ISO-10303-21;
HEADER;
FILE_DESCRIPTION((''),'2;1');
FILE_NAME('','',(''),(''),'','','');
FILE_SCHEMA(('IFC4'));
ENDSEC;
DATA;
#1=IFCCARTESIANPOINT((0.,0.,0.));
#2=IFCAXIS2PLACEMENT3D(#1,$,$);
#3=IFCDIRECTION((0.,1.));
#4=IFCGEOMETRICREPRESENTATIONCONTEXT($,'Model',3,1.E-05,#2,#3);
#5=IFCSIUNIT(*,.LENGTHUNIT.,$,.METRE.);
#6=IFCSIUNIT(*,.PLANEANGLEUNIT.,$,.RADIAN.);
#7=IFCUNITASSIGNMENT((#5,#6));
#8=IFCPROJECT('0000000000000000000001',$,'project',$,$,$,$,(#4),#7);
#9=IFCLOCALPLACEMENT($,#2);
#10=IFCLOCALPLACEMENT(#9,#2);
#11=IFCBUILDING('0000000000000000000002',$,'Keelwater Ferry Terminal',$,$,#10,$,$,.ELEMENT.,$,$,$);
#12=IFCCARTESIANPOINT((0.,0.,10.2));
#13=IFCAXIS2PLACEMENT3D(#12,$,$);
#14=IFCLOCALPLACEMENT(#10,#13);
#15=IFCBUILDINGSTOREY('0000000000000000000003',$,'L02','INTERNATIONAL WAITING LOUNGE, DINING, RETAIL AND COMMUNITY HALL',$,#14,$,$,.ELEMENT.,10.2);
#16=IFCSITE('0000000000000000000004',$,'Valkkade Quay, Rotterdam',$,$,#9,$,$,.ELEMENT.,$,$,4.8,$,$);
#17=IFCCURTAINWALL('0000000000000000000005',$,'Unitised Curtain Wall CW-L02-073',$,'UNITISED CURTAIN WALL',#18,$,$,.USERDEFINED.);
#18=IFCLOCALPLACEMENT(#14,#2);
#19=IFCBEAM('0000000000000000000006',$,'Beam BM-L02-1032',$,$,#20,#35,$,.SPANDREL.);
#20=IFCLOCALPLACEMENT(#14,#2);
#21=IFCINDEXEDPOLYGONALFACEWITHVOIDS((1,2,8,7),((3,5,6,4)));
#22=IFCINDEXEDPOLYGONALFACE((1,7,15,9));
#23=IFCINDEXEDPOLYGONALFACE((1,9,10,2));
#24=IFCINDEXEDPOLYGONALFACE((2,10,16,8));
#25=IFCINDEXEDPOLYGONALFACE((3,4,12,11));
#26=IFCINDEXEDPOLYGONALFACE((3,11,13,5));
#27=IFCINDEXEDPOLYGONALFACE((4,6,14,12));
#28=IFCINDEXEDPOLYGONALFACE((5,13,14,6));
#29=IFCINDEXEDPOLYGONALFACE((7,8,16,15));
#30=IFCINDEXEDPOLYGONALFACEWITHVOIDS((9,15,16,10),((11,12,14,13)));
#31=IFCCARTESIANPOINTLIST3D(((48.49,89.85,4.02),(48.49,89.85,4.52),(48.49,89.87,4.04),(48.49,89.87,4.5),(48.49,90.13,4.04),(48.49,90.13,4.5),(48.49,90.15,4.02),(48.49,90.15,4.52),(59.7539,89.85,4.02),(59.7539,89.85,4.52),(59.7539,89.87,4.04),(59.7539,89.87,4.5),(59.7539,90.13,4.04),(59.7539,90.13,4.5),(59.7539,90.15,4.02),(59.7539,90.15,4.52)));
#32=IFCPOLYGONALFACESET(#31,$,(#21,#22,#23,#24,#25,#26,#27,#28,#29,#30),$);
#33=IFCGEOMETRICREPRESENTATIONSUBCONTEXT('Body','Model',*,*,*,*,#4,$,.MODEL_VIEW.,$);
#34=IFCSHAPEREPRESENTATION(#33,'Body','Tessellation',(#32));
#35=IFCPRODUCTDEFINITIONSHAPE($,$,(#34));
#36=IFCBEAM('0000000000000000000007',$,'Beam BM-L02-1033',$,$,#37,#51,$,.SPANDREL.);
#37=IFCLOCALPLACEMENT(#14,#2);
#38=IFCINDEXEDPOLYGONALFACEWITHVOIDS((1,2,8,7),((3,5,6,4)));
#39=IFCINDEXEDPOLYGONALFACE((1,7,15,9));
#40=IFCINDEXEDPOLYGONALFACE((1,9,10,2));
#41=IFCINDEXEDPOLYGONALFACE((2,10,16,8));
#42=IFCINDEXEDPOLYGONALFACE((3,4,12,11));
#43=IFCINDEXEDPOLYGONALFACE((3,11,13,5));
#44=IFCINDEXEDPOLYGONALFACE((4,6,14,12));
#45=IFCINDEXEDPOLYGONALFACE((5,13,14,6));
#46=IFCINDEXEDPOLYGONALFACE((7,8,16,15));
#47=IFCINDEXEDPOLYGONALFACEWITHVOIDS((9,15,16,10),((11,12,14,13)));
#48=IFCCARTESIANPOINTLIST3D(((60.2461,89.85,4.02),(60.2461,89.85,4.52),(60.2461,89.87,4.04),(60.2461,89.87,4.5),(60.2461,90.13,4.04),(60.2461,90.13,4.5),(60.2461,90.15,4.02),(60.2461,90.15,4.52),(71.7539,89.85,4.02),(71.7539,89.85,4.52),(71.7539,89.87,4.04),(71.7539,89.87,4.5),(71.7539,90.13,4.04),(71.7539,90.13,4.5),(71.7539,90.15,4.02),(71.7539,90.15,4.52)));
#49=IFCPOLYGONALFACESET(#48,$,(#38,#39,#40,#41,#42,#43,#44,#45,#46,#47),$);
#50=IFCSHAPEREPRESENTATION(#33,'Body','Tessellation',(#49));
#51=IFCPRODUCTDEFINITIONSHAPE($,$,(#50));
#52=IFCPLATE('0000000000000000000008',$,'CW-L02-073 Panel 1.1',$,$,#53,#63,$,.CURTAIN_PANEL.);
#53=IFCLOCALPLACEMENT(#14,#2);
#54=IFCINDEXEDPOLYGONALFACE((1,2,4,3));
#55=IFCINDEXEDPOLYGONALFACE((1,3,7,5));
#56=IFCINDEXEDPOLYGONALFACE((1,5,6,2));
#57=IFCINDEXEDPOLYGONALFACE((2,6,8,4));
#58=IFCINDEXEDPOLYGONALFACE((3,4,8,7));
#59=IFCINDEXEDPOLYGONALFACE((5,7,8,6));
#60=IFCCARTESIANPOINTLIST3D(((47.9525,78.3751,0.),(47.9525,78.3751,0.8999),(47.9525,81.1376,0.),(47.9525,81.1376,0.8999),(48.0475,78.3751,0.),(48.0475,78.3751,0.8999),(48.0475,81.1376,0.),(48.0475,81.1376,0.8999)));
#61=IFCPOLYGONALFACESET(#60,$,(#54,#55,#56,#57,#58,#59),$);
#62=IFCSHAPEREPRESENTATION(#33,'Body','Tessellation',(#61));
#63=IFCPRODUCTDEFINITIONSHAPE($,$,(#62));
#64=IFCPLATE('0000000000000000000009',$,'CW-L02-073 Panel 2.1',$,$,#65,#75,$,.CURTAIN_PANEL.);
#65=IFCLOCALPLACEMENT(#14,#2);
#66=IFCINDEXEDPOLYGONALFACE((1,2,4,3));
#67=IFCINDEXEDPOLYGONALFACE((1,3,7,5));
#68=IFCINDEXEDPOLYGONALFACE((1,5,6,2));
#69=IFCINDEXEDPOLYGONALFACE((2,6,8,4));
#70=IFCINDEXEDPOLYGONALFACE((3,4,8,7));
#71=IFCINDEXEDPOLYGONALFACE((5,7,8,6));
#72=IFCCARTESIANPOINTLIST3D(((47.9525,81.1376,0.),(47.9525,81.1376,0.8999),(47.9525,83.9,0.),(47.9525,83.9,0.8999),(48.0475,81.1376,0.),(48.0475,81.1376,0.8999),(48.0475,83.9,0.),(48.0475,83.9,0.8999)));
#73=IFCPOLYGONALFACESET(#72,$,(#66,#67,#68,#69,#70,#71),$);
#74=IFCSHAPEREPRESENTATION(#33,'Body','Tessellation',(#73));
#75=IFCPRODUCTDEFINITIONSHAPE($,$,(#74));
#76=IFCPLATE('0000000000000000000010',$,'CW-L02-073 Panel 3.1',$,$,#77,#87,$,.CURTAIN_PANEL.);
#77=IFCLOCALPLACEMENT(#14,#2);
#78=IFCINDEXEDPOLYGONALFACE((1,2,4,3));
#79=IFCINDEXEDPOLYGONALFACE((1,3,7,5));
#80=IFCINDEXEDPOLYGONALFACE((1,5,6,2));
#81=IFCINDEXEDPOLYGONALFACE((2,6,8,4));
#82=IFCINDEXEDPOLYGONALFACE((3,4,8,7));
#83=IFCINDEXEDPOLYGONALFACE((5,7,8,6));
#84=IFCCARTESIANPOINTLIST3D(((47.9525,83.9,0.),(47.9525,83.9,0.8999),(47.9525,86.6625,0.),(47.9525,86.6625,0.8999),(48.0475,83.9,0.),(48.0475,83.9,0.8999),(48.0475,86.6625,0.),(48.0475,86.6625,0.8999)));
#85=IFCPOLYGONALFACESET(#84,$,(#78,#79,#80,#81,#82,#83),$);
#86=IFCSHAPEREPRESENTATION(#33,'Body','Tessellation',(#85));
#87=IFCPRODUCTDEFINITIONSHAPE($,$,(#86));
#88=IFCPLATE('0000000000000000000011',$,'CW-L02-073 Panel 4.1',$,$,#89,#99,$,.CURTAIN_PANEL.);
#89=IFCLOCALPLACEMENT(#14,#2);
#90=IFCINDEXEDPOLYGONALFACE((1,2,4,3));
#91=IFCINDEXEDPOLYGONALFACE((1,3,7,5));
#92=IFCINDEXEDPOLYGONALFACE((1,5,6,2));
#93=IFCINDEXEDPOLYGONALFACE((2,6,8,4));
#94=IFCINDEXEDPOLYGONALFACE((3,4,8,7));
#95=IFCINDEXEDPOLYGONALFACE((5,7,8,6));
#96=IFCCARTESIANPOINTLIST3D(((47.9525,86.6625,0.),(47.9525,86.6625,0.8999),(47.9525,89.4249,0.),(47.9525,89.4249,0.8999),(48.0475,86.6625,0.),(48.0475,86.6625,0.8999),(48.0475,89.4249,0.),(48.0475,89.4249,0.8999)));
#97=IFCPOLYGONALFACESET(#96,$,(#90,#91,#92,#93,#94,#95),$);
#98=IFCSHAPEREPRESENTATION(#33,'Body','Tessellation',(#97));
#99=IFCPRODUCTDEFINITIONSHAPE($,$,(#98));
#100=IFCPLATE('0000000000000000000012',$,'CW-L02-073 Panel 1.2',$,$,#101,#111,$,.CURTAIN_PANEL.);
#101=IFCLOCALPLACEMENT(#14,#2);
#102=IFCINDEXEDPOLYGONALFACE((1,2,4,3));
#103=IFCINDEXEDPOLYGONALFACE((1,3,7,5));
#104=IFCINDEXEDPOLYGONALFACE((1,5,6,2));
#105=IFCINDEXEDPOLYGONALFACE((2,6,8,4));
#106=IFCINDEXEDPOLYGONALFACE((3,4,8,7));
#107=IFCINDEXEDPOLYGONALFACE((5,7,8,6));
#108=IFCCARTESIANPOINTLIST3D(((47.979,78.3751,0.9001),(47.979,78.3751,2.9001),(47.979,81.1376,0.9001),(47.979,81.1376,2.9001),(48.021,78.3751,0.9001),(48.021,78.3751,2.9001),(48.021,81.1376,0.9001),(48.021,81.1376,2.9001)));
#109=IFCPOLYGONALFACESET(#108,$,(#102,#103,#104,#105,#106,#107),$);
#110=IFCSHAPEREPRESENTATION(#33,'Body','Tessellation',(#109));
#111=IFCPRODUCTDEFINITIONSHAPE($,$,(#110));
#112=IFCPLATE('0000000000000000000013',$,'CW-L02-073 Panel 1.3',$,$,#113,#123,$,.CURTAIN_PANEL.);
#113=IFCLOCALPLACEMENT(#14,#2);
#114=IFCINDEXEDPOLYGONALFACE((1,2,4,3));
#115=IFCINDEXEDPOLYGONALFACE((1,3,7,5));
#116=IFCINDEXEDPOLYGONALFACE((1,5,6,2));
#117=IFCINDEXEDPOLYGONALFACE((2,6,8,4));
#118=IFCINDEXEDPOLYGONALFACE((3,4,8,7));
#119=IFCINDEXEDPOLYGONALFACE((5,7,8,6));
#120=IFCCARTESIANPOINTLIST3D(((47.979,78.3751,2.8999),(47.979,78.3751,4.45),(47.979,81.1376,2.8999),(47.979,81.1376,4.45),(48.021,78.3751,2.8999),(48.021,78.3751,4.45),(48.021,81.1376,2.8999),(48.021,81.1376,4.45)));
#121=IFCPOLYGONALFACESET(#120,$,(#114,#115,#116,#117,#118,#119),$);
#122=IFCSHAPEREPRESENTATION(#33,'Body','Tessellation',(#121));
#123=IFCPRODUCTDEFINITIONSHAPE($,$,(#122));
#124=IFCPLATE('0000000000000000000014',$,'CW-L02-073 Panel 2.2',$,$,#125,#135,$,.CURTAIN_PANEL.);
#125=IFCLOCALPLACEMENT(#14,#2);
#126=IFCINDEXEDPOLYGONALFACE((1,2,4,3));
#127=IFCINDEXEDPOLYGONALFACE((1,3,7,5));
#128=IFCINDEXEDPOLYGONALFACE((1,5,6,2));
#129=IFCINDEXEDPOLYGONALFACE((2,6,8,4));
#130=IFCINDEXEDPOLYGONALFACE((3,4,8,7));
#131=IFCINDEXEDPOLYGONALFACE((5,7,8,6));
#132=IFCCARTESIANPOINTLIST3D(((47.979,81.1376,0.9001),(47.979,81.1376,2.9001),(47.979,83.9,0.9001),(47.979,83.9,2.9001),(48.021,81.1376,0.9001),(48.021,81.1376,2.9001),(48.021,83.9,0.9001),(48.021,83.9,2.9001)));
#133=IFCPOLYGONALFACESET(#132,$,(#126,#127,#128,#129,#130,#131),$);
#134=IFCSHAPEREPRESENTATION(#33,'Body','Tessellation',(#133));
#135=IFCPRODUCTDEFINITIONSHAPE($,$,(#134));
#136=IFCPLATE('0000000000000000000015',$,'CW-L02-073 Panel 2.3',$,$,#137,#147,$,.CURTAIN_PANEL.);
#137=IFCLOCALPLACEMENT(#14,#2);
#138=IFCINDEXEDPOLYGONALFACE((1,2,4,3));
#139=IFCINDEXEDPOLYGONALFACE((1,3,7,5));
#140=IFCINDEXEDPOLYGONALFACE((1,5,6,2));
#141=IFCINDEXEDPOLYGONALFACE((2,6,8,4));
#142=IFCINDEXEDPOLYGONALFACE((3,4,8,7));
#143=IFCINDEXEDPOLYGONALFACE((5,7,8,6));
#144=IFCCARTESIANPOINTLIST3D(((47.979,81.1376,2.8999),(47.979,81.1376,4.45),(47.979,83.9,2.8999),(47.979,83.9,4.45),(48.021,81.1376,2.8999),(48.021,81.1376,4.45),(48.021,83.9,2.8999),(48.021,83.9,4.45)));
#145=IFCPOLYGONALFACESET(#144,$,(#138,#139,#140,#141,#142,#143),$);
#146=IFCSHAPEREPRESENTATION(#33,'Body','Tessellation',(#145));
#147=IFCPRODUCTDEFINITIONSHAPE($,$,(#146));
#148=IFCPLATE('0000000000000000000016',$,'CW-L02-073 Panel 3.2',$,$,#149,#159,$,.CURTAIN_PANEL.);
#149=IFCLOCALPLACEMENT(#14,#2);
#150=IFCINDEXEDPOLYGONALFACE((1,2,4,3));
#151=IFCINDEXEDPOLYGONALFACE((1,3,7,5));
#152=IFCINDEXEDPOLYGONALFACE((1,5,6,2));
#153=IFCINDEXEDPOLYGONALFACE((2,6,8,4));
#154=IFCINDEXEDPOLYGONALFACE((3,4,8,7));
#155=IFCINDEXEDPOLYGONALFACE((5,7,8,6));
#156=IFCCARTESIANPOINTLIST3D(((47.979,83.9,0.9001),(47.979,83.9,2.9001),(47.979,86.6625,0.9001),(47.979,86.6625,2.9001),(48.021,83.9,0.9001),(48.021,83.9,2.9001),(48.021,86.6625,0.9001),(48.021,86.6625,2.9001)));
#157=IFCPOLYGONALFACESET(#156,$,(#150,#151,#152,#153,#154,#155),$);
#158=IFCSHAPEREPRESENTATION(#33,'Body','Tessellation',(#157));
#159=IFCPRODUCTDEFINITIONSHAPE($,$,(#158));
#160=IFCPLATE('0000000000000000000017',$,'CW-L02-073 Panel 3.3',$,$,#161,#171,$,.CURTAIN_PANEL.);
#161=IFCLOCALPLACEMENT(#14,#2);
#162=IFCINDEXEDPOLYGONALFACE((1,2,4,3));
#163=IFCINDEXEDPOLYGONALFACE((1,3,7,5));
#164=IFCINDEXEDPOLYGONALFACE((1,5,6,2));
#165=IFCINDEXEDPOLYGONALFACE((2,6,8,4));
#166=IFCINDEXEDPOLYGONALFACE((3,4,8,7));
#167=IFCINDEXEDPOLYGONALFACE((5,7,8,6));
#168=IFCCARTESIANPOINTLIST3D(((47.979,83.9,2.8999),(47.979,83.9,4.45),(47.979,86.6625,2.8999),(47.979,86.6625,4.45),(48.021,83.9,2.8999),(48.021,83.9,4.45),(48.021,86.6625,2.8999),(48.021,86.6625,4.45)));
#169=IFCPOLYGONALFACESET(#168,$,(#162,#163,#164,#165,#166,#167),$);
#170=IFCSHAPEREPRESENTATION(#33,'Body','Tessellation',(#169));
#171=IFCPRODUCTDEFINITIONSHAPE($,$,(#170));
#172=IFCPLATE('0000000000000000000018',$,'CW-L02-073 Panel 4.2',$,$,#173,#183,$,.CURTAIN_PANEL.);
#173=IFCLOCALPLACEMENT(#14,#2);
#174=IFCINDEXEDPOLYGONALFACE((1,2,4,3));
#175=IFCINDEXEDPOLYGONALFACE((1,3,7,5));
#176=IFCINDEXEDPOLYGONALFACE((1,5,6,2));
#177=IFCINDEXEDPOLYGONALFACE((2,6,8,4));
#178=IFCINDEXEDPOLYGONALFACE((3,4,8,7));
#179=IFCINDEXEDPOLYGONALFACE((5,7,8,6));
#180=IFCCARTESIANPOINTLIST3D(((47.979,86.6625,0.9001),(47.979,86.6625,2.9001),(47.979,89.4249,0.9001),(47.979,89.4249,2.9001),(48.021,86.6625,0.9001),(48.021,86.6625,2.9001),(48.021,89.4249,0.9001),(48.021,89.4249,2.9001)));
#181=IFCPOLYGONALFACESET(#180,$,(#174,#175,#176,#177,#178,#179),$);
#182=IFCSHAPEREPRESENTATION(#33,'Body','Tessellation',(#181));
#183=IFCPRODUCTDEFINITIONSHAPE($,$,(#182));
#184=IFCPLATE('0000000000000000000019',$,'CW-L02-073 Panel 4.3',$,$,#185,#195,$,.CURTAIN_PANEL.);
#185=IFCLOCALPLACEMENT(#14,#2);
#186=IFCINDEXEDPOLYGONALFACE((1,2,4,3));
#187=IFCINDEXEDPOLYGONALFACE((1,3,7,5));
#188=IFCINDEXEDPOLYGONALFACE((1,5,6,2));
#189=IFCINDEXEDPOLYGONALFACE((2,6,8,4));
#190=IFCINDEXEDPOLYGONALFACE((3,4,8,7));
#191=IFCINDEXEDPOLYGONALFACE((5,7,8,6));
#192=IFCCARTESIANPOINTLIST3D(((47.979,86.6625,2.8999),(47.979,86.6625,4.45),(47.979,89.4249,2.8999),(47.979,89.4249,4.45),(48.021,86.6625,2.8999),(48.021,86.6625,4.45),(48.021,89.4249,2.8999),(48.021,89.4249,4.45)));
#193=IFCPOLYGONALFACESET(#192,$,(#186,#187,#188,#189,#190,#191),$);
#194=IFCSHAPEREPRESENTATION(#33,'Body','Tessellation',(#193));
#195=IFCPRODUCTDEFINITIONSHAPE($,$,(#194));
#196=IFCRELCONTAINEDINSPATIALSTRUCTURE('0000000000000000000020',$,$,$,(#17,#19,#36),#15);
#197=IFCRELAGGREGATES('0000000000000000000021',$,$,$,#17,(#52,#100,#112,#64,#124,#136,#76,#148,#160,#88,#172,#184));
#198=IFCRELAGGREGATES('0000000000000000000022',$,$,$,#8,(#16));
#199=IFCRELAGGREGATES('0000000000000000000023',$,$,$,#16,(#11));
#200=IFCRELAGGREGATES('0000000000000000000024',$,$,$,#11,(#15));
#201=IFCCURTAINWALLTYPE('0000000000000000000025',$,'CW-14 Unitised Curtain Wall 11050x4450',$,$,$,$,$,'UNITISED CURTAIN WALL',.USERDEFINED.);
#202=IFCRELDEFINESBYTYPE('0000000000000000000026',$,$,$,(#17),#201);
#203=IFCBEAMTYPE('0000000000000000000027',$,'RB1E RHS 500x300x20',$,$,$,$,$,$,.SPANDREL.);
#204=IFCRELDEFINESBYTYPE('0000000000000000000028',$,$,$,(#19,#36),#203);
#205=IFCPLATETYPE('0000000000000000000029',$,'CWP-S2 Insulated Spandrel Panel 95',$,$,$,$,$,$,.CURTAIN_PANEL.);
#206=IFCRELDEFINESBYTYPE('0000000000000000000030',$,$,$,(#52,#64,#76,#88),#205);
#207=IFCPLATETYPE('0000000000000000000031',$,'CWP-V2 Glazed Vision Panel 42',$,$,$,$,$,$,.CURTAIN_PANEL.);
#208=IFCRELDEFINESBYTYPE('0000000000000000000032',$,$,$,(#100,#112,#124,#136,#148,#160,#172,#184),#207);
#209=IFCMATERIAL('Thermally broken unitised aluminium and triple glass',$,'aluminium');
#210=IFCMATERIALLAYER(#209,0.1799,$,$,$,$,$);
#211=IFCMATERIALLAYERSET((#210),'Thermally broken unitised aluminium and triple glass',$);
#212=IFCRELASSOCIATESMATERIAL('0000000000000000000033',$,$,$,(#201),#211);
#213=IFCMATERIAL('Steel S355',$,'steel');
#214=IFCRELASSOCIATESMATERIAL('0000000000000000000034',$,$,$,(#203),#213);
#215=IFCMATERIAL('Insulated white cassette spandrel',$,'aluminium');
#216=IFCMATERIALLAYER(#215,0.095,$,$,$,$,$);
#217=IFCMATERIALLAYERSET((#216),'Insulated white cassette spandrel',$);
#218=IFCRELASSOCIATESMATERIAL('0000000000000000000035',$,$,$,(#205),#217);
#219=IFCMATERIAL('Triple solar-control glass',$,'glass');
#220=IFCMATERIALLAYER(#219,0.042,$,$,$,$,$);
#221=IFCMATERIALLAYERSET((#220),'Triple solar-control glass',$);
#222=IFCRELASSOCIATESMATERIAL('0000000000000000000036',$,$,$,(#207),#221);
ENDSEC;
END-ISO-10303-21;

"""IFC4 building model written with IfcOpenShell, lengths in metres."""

from ifc_helpers import new_model, si_unit, direction, frame, origin, origin_2d, place, context, subcontext, project, spatial, rectangle, hollow_rectangle, extrude, material, layer, layer_set, material_profile, profile_set, type_object, element, aggregate, save


model = new_model("IFC4")

# Units and contexts
model_context = context("Model", 3, precision=1e-05, world=origin(), true_north=direction((0.0, 1.0)))
body_context = subcontext(model_context, "Body", "Model", "MODEL_VIEW")
ifc_project = project(units=[si_unit("LENGTHUNIT", "METRE"), si_unit("PLANEANGLEUNIT", "RADIAN")], contexts=[model_context])

# Site, building, storey
site_placement = place(None, origin())
site = spatial("IfcSite", under=ifc_project, at=site_placement, Name="Valkkade Quay, Rotterdam", CompositionType="ELEMENT", RefElevation=4.8)
building_placement = place(site_placement, origin())
building = spatial("IfcBuilding", under=site, at=building_placement, Name="Keelwater Ferry Terminal", CompositionType="ELEMENT")
storey_placement = place(building_placement, frame((0.0, 0.0, 10.2)))
storey = spatial("IfcBuildingStorey", under=building, at=storey_placement, Name="L02", Description="INTERNATIONAL WAITING LOUNGE, DINING, RETAIL AND COMMUNITY HALL", CompositionType="ELEMENT", Elevation=10.2)

# Curtain wall
ifc_material_1 = material(Name="Thermally broken unitised aluminium and triple glass", Category="aluminium")
ifc_layer_1 = layer(ifc_material_1, 0.1799)
ifc_layer_set_1 = layer_set([ifc_layer_1], Name="Thermally broken unitised aluminium and triple glass")
curtain_wall_type_1 = type_object("IfcCurtainWallType", Name="CW-14 Unitised Curtain Wall 11050x4450", ElementType="UNITISED CURTAIN WALL", PredefinedType="USERDEFINED", material=ifc_layer_set_1)
curtain_wall_1_placement = place(storey_placement, origin())
curtain_wall_1 = element("IfcCurtainWall", 1, at=curtain_wall_1_placement, inside=storey, type_object=curtain_wall_type_1, Name="Unitised Curtain Wall CW-L02-073", ObjectType="UNITISED CURTAIN WALL", PredefinedType="USERDEFINED")

# Beams
ifc_material_2 = material(Name="Steel S355", Category="steel")
ifc_material_profile_1 = material_profile(ifc_material_2, hollow_rectangle(XDim=0.3, YDim=0.5, WallThickness=0.02, at=origin_2d()), Name="RHS 500x300x20")
ifc_profile_set_1 = profile_set([ifc_material_profile_1], Name="Steel S355")
beam_type = type_object("IfcBeamType", Name="RB1E RHS 500x300x20", PredefinedType="SPANDREL", material=ifc_profile_set_1)
beam_1_placement = place(storey_placement, frame((48.49, 90.0, 4.27), z_axis=(1.0, 0.0, 0.0), x_axis=(0.0, 1.0, 0.0)))
element("IfcBeam", 2, at=beam_1_placement, inside=storey, type_object=beam_type, Name="Beam BM-L02-1032", PredefinedType="SPANDREL", context=body_context, shape_type="SweptSolid", body=[
    extrude(hollow_rectangle(XDim=0.3, YDim=0.5, WallThickness=0.02, at=origin_2d()), origin(), (0.0, 0.0, 1.0), 11.2639),
])
beam_2_placement = place(storey_placement, frame((60.2461, 90.0, 4.27), z_axis=(1.0, 0.0, 0.0), x_axis=(0.0, 1.0, 0.0)))
element("IfcBeam", 3, at=beam_2_placement, inside=storey, type_object=beam_type, Name="Beam BM-L02-1033", PredefinedType="SPANDREL", context=body_context, shape_type="SweptSolid", body=[
    extrude(hollow_rectangle(XDim=0.3, YDim=0.5, WallThickness=0.02, at=origin_2d()), origin(), (0.0, 0.0, 1.0), 11.5078),
])

# Plates
ifc_material_3 = material(Name="Insulated white cassette spandrel", Category="aluminium")
ifc_layer_2 = layer(ifc_material_3, 0.095)
ifc_layer_set_2 = layer_set([ifc_layer_2], Name="Insulated white cassette spandrel")
plate_type_1 = type_object("IfcPlateType", Name="CWP-S2 Insulated Spandrel Panel 95", PredefinedType="CURTAIN_PANEL", material=ifc_layer_set_2)
plate_1_placement = place(storey_placement, frame((48.0, 79.7563, 0.0), z_axis=(0.0, 0.0, 1.0), x_axis=(0.0, 1.0, 0.0)))
plate_1 = element("IfcPlate", 4, at=plate_1_placement, type_object=plate_type_1, Name="CW-L02-073 Panel 1.1", PredefinedType="CURTAIN_PANEL", context=body_context, shape_type="SweptSolid", body=[
    extrude(rectangle(XDim=2.7625, YDim=0.095, at=origin_2d()), origin(), (0.0, 0.0, 1.0), 0.8999),
])
plate_2_placement = place(storey_placement, frame((48.0, 82.5188, 0.0), z_axis=(0.0, 0.0, 1.0), x_axis=(0.0, 1.0, 0.0)))
plate_2 = element("IfcPlate", 5, at=plate_2_placement, type_object=plate_type_1, Name="CW-L02-073 Panel 2.1", PredefinedType="CURTAIN_PANEL", context=body_context, shape_type="SweptSolid", body=[
    extrude(rectangle(XDim=2.7625, YDim=0.095, at=origin_2d()), origin(), (0.0, 0.0, 1.0), 0.8999),
])
plate_3_placement = place(storey_placement, frame((48.0, 85.2812, 0.0), z_axis=(0.0, 0.0, 1.0), x_axis=(0.0, 1.0, 0.0)))
plate_3 = element("IfcPlate", 6, at=plate_3_placement, type_object=plate_type_1, Name="CW-L02-073 Panel 3.1", PredefinedType="CURTAIN_PANEL", context=body_context, shape_type="SweptSolid", body=[
    extrude(rectangle(XDim=2.7625, YDim=0.095, at=origin_2d()), origin(), (0.0, 0.0, 1.0), 0.8999),
])
plate_4_placement = place(storey_placement, frame((48.0, 88.0437, 0.0), z_axis=(0.0, 0.0, 1.0), x_axis=(0.0, 1.0, 0.0)))
plate_4 = element("IfcPlate", 7, at=plate_4_placement, type_object=plate_type_1, Name="CW-L02-073 Panel 4.1", PredefinedType="CURTAIN_PANEL", context=body_context, shape_type="SweptSolid", body=[
    extrude(rectangle(XDim=2.7625, YDim=0.095, at=origin_2d()), origin(), (0.0, 0.0, 1.0), 0.8999),
])
ifc_material_4 = material(Name="Triple solar-control glass", Category="glass")
ifc_layer_3 = layer(ifc_material_4, 0.042)
ifc_layer_set_3 = layer_set([ifc_layer_3], Name="Triple solar-control glass")
plate_type_2 = type_object("IfcPlateType", Name="CWP-V2 Glazed Vision Panel 42", PredefinedType="CURTAIN_PANEL", material=ifc_layer_set_3)
plate_5_placement = place(storey_placement, frame((48.0, 79.7563, 0.9001), z_axis=(0.0, 0.0, 1.0), x_axis=(0.0, 1.0, 0.0)))
plate_5 = element("IfcPlate", 8, at=plate_5_placement, type_object=plate_type_2, Name="CW-L02-073 Panel 1.2", PredefinedType="CURTAIN_PANEL", context=body_context, shape_type="SweptSolid", body=[
    extrude(rectangle(XDim=2.7625, YDim=0.042, at=origin_2d()), origin(), (0.0, 0.0, 1.0), 2.0),
])
plate_6_placement = place(storey_placement, frame((48.0, 79.7563, 2.8999), z_axis=(0.0, 0.0, 1.0), x_axis=(0.0, 1.0, 0.0)))
plate_6 = element("IfcPlate", 9, at=plate_6_placement, type_object=plate_type_2, Name="CW-L02-073 Panel 1.3", PredefinedType="CURTAIN_PANEL", context=body_context, shape_type="SweptSolid", body=[
    extrude(rectangle(XDim=2.7625, YDim=0.042, at=origin_2d()), origin(), (0.0, 0.0, 1.0), 1.55),
])
plate_7_placement = place(storey_placement, frame((48.0, 82.5188, 0.9001), z_axis=(0.0, 0.0, 1.0), x_axis=(0.0, 1.0, 0.0)))
plate_7 = element("IfcPlate", 10, at=plate_7_placement, type_object=plate_type_2, Name="CW-L02-073 Panel 2.2", PredefinedType="CURTAIN_PANEL", context=body_context, shape_type="SweptSolid", body=[
    extrude(rectangle(XDim=2.7625, YDim=0.042, at=origin_2d()), origin(), (0.0, 0.0, 1.0), 2.0),
])
plate_8_placement = place(storey_placement, frame((48.0, 82.5188, 2.8999), z_axis=(0.0, 0.0, 1.0), x_axis=(0.0, 1.0, 0.0)))
plate_8 = element("IfcPlate", 11, at=plate_8_placement, type_object=plate_type_2, Name="CW-L02-073 Panel 2.3", PredefinedType="CURTAIN_PANEL", context=body_context, shape_type="SweptSolid", body=[
    extrude(rectangle(XDim=2.7625, YDim=0.042, at=origin_2d()), origin(), (0.0, 0.0, 1.0), 1.55),
])
plate_9_placement = place(storey_placement, frame((48.0, 85.2812, 0.9001), z_axis=(0.0, 0.0, 1.0), x_axis=(0.0, 1.0, 0.0)))
plate_9 = element("IfcPlate", 12, at=plate_9_placement, type_object=plate_type_2, Name="CW-L02-073 Panel 3.2", PredefinedType="CURTAIN_PANEL", context=body_context, shape_type="SweptSolid", body=[
    extrude(rectangle(XDim=2.7625, YDim=0.042, at=origin_2d()), origin(), (0.0, 0.0, 1.0), 2.0),
])
plate_10_placement = place(storey_placement, frame((48.0, 85.2812, 2.8999), z_axis=(0.0, 0.0, 1.0), x_axis=(0.0, 1.0, 0.0)))
plate_10 = element("IfcPlate", 13, at=plate_10_placement, type_object=plate_type_2, Name="CW-L02-073 Panel 3.3", PredefinedType="CURTAIN_PANEL", context=body_context, shape_type="SweptSolid", body=[
    extrude(rectangle(XDim=2.7625, YDim=0.042, at=origin_2d()), origin(), (0.0, 0.0, 1.0), 1.55),
])
plate_11_placement = place(storey_placement, frame((48.0, 88.0437, 0.9001), z_axis=(0.0, 0.0, 1.0), x_axis=(0.0, 1.0, 0.0)))
plate_11 = element("IfcPlate", 14, at=plate_11_placement, type_object=plate_type_2, Name="CW-L02-073 Panel 4.2", PredefinedType="CURTAIN_PANEL", context=body_context, shape_type="SweptSolid", body=[
    extrude(rectangle(XDim=2.7625, YDim=0.042, at=origin_2d()), origin(), (0.0, 0.0, 1.0), 2.0),
])
plate_12_placement = place(storey_placement, frame((48.0, 88.0437, 2.8999), z_axis=(0.0, 0.0, 1.0), x_axis=(0.0, 1.0, 0.0)))
plate_12 = element("IfcPlate", 15, at=plate_12_placement, type_object=plate_type_2, Name="CW-L02-073 Panel 4.3", PredefinedType="CURTAIN_PANEL", context=body_context, shape_type="SweptSolid", body=[
    extrude(rectangle(XDim=2.7625, YDim=0.042, at=origin_2d()), origin(), (0.0, 0.0, 1.0), 1.55),
])
aggregate(curtain_wall_1, [plate_1, plate_5, plate_6, plate_2, plate_7, plate_8, plate_3, plate_9, plate_10, plate_4, plate_11, plate_12])

save(model, "model.ifc")
